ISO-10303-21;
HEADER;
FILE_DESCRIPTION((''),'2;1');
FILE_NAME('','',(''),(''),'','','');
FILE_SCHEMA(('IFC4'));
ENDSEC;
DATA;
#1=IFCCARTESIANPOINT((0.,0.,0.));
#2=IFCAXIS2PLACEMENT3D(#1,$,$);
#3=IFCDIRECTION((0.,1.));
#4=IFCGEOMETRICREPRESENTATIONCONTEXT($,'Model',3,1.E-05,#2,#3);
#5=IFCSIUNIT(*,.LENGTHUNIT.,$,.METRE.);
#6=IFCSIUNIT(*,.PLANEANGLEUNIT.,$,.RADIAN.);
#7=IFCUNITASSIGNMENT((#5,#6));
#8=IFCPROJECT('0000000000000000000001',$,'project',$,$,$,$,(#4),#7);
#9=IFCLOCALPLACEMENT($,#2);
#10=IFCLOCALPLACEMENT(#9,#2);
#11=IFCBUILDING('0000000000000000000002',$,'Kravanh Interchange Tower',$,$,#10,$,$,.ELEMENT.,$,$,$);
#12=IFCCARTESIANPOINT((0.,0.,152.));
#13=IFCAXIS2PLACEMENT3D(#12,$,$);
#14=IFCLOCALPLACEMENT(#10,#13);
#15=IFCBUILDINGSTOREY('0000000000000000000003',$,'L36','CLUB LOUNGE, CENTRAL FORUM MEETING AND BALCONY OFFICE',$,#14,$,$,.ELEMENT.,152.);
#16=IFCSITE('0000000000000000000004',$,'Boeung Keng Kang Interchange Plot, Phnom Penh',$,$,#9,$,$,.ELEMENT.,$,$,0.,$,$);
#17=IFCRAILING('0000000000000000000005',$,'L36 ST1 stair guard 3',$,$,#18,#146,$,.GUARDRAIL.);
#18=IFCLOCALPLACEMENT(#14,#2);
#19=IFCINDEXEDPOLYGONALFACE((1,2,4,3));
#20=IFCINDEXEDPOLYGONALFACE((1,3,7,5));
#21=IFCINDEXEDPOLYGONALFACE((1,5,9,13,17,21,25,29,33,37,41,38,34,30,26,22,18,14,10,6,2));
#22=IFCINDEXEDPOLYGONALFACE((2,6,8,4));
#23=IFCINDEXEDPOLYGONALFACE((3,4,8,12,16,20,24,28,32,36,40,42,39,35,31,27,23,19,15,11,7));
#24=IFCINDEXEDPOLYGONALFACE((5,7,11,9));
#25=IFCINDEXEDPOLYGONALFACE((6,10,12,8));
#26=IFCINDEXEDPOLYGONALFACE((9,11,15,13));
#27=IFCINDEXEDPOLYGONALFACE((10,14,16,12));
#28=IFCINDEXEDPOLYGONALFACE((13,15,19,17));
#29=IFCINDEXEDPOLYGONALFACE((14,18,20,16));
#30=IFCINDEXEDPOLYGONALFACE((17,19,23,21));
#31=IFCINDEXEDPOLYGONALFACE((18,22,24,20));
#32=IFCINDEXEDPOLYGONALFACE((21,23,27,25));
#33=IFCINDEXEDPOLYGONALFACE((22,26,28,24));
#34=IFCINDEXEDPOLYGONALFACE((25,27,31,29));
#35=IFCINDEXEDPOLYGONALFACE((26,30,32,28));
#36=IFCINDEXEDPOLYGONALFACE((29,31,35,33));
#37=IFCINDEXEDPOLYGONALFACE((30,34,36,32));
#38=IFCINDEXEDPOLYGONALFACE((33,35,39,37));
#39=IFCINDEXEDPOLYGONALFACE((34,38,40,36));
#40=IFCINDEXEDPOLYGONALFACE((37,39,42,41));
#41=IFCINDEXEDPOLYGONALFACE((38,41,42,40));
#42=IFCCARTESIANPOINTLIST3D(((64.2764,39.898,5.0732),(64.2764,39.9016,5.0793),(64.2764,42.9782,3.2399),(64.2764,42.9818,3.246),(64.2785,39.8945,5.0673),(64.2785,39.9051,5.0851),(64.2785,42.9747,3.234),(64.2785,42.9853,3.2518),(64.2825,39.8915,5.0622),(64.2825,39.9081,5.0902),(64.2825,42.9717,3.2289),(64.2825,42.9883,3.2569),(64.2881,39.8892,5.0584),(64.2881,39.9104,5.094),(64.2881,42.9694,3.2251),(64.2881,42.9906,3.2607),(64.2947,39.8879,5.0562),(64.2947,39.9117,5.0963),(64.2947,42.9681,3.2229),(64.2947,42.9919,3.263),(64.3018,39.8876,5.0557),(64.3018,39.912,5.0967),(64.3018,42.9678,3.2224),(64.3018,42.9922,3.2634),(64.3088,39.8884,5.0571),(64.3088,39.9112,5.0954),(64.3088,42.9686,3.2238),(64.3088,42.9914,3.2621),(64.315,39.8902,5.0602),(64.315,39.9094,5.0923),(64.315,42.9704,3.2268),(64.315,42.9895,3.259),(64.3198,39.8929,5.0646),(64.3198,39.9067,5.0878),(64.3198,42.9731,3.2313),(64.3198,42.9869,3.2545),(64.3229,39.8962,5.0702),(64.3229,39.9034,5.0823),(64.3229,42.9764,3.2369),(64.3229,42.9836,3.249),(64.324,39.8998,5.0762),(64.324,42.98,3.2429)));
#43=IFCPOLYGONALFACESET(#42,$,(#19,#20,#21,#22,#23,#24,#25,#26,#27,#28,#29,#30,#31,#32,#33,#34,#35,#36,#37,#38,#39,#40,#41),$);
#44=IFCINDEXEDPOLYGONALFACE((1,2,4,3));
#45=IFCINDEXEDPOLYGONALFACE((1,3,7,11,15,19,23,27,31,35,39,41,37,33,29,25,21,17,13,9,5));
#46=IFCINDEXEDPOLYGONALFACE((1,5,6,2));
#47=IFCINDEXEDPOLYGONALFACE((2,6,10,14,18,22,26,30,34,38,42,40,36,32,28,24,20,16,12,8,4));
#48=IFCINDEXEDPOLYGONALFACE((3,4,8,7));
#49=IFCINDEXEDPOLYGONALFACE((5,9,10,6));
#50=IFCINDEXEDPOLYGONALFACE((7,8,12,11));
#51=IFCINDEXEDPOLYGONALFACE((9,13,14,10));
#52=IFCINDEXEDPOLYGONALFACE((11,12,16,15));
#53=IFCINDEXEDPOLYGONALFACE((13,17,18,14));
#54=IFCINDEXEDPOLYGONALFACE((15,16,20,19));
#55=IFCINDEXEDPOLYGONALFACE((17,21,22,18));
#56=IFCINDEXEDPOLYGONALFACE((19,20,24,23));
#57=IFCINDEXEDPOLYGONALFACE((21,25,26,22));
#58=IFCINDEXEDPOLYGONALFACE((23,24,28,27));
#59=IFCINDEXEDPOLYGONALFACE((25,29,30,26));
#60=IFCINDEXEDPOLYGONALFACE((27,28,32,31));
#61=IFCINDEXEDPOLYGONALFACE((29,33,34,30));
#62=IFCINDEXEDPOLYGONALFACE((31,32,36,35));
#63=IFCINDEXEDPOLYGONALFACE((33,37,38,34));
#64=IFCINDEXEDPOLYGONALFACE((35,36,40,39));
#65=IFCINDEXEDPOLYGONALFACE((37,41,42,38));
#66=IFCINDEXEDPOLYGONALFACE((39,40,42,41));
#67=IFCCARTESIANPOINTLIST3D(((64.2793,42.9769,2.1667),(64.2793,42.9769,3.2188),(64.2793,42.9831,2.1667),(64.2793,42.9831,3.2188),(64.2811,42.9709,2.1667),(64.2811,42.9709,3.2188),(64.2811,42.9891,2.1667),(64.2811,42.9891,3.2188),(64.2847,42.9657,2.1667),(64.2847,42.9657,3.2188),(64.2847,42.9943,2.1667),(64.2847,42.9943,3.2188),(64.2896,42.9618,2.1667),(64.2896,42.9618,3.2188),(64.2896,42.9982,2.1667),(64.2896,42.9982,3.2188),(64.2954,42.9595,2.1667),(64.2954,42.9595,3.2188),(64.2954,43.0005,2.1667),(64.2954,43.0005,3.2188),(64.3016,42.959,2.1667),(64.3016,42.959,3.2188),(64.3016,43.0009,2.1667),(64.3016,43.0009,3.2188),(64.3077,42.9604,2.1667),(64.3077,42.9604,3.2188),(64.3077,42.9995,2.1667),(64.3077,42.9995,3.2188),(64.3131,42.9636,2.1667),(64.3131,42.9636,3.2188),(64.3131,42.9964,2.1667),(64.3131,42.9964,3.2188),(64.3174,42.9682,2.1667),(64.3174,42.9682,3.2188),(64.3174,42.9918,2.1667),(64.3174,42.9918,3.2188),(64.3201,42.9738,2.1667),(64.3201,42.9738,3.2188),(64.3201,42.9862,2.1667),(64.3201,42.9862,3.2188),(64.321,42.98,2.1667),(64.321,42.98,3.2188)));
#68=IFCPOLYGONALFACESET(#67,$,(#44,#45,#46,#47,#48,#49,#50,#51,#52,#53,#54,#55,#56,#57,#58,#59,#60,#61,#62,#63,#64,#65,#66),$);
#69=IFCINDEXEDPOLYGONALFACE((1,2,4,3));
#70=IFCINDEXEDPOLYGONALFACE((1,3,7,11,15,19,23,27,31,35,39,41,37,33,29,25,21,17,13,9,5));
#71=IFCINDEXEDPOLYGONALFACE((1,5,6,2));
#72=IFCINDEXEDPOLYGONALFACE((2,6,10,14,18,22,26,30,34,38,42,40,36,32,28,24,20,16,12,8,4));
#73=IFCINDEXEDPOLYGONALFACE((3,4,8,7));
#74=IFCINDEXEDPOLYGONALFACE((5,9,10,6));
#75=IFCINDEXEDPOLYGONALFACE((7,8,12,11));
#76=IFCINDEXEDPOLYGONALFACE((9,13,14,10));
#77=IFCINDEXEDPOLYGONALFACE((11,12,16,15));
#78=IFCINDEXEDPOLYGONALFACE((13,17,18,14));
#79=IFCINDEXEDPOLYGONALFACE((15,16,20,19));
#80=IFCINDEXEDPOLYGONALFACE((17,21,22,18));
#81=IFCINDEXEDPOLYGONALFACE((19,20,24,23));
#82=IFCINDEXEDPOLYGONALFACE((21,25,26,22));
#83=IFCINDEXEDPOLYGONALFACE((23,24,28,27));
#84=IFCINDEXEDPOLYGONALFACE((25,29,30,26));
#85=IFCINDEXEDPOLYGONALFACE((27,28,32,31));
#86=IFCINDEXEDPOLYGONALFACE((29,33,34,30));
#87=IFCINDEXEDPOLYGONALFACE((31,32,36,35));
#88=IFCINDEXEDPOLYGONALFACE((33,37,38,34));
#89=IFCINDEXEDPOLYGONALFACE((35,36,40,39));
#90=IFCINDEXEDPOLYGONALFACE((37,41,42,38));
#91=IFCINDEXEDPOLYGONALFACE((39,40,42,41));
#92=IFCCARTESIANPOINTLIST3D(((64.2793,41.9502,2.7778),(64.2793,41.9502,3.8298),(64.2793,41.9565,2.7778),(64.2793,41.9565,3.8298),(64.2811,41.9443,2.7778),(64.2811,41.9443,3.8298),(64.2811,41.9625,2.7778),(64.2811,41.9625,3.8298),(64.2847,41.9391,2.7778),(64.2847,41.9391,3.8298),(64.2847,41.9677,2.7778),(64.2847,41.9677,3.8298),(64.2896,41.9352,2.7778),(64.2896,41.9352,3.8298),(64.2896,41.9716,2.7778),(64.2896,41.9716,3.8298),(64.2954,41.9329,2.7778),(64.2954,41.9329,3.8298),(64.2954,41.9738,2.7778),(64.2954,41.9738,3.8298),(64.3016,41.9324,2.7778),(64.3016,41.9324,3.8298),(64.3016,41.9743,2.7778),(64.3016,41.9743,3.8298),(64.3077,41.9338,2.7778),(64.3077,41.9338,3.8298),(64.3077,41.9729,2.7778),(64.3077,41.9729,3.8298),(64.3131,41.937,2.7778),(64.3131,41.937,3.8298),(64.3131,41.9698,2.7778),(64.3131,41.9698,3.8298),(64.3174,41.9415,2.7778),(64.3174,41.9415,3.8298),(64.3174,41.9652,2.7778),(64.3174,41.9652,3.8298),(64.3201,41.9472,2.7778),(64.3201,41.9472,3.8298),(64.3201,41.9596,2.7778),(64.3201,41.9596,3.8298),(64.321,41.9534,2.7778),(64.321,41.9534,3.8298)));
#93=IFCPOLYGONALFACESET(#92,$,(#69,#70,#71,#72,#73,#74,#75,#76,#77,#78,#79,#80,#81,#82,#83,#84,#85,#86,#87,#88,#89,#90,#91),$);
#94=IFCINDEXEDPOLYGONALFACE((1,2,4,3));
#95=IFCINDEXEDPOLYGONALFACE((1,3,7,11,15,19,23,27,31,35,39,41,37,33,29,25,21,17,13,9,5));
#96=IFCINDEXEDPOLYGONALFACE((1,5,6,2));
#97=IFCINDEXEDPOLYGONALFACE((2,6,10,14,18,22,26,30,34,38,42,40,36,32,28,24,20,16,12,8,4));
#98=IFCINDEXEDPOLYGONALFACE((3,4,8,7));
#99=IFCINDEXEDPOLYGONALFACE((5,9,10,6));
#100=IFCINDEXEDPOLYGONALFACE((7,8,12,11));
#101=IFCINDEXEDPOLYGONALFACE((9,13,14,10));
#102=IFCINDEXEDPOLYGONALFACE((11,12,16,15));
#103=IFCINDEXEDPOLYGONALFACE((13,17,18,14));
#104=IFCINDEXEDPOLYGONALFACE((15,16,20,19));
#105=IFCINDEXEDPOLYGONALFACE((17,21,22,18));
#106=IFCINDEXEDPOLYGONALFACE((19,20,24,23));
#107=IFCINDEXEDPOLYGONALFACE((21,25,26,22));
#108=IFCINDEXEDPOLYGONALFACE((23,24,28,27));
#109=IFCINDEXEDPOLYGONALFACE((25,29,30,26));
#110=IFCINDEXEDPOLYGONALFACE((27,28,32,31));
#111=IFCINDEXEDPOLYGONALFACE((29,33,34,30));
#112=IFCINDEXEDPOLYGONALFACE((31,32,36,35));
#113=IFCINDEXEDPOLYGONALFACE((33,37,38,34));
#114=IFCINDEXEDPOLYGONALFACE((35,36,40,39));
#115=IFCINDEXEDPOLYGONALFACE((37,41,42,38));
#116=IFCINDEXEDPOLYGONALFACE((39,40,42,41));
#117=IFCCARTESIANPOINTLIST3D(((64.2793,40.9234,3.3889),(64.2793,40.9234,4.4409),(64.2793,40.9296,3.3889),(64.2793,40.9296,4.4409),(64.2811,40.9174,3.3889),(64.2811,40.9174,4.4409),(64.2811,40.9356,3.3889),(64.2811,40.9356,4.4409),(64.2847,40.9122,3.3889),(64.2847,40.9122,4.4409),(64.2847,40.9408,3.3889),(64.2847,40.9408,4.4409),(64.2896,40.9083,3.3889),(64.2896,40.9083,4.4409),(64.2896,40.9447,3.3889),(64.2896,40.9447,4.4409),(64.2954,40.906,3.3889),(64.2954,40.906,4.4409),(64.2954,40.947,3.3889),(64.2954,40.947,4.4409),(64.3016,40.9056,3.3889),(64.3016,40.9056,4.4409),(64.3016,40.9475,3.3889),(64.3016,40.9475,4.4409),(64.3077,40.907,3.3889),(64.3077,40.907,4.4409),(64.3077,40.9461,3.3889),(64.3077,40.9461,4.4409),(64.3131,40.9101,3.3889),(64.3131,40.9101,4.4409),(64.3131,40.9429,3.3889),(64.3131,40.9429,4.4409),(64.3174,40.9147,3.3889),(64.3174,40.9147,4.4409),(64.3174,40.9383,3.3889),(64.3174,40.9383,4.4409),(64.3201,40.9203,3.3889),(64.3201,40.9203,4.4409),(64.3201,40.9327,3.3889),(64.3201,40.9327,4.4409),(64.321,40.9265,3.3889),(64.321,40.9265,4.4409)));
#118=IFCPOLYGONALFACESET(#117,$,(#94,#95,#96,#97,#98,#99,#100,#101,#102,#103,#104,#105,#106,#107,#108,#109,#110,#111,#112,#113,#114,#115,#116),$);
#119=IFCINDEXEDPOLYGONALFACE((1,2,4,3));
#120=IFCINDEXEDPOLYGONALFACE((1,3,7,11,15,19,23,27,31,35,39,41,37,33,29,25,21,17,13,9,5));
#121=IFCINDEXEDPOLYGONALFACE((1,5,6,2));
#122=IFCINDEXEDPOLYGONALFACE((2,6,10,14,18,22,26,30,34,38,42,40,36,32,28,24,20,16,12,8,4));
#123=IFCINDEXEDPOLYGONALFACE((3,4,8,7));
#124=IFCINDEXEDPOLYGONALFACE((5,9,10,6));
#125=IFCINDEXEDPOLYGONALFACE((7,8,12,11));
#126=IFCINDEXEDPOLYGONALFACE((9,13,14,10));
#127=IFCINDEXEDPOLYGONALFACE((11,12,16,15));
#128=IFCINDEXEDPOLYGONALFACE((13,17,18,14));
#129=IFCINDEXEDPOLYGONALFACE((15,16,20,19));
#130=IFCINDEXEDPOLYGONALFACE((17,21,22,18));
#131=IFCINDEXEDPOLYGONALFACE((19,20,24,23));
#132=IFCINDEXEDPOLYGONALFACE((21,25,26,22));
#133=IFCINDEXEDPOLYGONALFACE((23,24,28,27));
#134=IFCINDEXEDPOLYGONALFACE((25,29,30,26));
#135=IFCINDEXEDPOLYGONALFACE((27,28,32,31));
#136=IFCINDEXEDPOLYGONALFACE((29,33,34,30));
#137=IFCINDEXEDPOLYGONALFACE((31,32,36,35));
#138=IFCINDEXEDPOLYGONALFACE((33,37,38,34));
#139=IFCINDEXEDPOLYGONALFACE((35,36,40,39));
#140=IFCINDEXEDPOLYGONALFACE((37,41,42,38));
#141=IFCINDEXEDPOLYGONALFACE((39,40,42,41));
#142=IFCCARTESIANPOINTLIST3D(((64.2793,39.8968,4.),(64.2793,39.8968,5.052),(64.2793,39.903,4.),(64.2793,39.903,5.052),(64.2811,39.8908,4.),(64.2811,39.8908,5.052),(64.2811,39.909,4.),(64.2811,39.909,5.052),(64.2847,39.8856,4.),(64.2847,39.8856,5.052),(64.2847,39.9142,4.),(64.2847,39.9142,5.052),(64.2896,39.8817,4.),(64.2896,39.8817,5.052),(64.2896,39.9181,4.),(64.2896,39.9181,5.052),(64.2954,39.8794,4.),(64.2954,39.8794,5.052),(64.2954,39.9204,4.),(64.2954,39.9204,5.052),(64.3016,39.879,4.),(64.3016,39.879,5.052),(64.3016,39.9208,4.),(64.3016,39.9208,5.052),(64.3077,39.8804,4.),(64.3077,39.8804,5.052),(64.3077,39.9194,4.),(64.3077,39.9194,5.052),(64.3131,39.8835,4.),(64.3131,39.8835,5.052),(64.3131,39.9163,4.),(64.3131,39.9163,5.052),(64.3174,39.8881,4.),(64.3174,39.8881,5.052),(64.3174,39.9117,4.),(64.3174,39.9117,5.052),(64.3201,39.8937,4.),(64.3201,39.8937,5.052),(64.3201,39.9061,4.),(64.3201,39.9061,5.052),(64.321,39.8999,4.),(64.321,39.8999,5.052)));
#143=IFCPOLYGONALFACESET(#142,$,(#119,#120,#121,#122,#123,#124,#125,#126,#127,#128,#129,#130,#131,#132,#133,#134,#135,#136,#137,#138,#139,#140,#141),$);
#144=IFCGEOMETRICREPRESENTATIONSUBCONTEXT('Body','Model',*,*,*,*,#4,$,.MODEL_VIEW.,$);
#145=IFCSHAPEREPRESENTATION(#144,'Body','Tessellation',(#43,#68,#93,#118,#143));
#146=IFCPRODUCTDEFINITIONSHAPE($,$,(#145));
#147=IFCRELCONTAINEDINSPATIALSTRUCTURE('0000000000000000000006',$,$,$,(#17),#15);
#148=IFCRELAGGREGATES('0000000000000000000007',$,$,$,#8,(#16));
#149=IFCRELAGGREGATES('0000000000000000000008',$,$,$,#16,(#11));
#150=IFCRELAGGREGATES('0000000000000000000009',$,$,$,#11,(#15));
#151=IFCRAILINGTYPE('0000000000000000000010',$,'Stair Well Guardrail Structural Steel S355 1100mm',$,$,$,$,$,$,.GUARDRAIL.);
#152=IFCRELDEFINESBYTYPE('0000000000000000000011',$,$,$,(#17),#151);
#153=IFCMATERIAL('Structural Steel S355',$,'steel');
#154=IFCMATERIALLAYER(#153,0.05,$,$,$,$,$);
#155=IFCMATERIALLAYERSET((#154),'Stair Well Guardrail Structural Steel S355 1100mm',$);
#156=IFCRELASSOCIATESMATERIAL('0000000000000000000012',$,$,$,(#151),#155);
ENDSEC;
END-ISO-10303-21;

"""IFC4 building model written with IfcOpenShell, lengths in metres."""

from ifc_helpers import new_model, si_unit, direction, frame, origin, origin_2d, place, context, subcontext, project, spatial, circle, extrude, material, layer, layer_set, type_object, element, save


model = new_model("IFC4")

# Units and contexts
model_context = context("Model", 3, precision=1e-05, world=origin(), true_north=direction((0.0, 1.0)))
body_context = subcontext(model_context, "Body", "Model", "MODEL_VIEW")
ifc_project = project(units=[si_unit("LENGTHUNIT", "METRE"), si_unit("PLANEANGLEUNIT", "RADIAN")], contexts=[model_context])

# Site, building, storey
site_placement = place(None, origin())
site = spatial("IfcSite", under=ifc_project, at=site_placement, Name="Boeung Keng Kang Interchange Plot, Phnom Penh", CompositionType="ELEMENT", RefElevation=0.0)
building_placement = place(site_placement, origin())
building = spatial("IfcBuilding", under=site, at=building_placement, Name="Kravanh Interchange Tower", CompositionType="ELEMENT")
storey_placement = place(building_placement, frame((0.0, 0.0, 152.0)))
storey = spatial("IfcBuildingStorey", under=building, at=storey_placement, Name="L36", Description="CLUB LOUNGE, CENTRAL FORUM MEETING AND BALCONY OFFICE", CompositionType="ELEMENT", Elevation=152.0)

# Railing
ifc_material_1 = material(Name="Structural Steel S355", Category="steel")
ifc_layer_1 = layer(ifc_material_1, 0.05)
ifc_layer_set_1 = layer_set([ifc_layer_1], Name="Stair Well Guardrail Structural Steel S355 1100mm")
railing_type_1 = type_object("IfcRailingType", Name="Stair Well Guardrail Structural Steel S355 1100mm", PredefinedType="GUARDRAIL", material=ifc_layer_set_1)
railing_1_placement = place(storey_placement, frame((64.3, 42.98, 2.1667)))
element("IfcRailing", 1, at=railing_1_placement, inside=storey, type_object=railing_type_1, Name="L36 ST1 stair guard 3", PredefinedType="GUARDRAIL", context=body_context, shape_type="SweptSolid", body=[
    extrude(circle(Radius=0.0239, at=origin_2d()), frame((0.0, 0.0, 1.0762), z_axis=(0.0, -0.859309, 0.511458), x_axis=(1.0, 0.0, 0.0)), (0.0, 0.0, 1.0), 3.5845),
    extrude(circle(Radius=0.021, at=origin_2d()), origin(), (0.0, 0.0, 1.0), 1.052),
    extrude(circle(Radius=0.021, at=origin_2d()), frame((0.0, -1.0266, 0.6111)), (0.0, 0.0, 1.0), 1.052),
    extrude(circle(Radius=0.021, at=origin_2d()), frame((0.0, -2.0535, 1.2222)), (0.0, 0.0, 1.0), 1.052),
    extrude(circle(Radius=0.021, at=origin_2d()), frame((0.0, -3.0801, 1.8333)), (0.0, 0.0, 1.0), 1.052),
])

save(model, "model.ifc")
